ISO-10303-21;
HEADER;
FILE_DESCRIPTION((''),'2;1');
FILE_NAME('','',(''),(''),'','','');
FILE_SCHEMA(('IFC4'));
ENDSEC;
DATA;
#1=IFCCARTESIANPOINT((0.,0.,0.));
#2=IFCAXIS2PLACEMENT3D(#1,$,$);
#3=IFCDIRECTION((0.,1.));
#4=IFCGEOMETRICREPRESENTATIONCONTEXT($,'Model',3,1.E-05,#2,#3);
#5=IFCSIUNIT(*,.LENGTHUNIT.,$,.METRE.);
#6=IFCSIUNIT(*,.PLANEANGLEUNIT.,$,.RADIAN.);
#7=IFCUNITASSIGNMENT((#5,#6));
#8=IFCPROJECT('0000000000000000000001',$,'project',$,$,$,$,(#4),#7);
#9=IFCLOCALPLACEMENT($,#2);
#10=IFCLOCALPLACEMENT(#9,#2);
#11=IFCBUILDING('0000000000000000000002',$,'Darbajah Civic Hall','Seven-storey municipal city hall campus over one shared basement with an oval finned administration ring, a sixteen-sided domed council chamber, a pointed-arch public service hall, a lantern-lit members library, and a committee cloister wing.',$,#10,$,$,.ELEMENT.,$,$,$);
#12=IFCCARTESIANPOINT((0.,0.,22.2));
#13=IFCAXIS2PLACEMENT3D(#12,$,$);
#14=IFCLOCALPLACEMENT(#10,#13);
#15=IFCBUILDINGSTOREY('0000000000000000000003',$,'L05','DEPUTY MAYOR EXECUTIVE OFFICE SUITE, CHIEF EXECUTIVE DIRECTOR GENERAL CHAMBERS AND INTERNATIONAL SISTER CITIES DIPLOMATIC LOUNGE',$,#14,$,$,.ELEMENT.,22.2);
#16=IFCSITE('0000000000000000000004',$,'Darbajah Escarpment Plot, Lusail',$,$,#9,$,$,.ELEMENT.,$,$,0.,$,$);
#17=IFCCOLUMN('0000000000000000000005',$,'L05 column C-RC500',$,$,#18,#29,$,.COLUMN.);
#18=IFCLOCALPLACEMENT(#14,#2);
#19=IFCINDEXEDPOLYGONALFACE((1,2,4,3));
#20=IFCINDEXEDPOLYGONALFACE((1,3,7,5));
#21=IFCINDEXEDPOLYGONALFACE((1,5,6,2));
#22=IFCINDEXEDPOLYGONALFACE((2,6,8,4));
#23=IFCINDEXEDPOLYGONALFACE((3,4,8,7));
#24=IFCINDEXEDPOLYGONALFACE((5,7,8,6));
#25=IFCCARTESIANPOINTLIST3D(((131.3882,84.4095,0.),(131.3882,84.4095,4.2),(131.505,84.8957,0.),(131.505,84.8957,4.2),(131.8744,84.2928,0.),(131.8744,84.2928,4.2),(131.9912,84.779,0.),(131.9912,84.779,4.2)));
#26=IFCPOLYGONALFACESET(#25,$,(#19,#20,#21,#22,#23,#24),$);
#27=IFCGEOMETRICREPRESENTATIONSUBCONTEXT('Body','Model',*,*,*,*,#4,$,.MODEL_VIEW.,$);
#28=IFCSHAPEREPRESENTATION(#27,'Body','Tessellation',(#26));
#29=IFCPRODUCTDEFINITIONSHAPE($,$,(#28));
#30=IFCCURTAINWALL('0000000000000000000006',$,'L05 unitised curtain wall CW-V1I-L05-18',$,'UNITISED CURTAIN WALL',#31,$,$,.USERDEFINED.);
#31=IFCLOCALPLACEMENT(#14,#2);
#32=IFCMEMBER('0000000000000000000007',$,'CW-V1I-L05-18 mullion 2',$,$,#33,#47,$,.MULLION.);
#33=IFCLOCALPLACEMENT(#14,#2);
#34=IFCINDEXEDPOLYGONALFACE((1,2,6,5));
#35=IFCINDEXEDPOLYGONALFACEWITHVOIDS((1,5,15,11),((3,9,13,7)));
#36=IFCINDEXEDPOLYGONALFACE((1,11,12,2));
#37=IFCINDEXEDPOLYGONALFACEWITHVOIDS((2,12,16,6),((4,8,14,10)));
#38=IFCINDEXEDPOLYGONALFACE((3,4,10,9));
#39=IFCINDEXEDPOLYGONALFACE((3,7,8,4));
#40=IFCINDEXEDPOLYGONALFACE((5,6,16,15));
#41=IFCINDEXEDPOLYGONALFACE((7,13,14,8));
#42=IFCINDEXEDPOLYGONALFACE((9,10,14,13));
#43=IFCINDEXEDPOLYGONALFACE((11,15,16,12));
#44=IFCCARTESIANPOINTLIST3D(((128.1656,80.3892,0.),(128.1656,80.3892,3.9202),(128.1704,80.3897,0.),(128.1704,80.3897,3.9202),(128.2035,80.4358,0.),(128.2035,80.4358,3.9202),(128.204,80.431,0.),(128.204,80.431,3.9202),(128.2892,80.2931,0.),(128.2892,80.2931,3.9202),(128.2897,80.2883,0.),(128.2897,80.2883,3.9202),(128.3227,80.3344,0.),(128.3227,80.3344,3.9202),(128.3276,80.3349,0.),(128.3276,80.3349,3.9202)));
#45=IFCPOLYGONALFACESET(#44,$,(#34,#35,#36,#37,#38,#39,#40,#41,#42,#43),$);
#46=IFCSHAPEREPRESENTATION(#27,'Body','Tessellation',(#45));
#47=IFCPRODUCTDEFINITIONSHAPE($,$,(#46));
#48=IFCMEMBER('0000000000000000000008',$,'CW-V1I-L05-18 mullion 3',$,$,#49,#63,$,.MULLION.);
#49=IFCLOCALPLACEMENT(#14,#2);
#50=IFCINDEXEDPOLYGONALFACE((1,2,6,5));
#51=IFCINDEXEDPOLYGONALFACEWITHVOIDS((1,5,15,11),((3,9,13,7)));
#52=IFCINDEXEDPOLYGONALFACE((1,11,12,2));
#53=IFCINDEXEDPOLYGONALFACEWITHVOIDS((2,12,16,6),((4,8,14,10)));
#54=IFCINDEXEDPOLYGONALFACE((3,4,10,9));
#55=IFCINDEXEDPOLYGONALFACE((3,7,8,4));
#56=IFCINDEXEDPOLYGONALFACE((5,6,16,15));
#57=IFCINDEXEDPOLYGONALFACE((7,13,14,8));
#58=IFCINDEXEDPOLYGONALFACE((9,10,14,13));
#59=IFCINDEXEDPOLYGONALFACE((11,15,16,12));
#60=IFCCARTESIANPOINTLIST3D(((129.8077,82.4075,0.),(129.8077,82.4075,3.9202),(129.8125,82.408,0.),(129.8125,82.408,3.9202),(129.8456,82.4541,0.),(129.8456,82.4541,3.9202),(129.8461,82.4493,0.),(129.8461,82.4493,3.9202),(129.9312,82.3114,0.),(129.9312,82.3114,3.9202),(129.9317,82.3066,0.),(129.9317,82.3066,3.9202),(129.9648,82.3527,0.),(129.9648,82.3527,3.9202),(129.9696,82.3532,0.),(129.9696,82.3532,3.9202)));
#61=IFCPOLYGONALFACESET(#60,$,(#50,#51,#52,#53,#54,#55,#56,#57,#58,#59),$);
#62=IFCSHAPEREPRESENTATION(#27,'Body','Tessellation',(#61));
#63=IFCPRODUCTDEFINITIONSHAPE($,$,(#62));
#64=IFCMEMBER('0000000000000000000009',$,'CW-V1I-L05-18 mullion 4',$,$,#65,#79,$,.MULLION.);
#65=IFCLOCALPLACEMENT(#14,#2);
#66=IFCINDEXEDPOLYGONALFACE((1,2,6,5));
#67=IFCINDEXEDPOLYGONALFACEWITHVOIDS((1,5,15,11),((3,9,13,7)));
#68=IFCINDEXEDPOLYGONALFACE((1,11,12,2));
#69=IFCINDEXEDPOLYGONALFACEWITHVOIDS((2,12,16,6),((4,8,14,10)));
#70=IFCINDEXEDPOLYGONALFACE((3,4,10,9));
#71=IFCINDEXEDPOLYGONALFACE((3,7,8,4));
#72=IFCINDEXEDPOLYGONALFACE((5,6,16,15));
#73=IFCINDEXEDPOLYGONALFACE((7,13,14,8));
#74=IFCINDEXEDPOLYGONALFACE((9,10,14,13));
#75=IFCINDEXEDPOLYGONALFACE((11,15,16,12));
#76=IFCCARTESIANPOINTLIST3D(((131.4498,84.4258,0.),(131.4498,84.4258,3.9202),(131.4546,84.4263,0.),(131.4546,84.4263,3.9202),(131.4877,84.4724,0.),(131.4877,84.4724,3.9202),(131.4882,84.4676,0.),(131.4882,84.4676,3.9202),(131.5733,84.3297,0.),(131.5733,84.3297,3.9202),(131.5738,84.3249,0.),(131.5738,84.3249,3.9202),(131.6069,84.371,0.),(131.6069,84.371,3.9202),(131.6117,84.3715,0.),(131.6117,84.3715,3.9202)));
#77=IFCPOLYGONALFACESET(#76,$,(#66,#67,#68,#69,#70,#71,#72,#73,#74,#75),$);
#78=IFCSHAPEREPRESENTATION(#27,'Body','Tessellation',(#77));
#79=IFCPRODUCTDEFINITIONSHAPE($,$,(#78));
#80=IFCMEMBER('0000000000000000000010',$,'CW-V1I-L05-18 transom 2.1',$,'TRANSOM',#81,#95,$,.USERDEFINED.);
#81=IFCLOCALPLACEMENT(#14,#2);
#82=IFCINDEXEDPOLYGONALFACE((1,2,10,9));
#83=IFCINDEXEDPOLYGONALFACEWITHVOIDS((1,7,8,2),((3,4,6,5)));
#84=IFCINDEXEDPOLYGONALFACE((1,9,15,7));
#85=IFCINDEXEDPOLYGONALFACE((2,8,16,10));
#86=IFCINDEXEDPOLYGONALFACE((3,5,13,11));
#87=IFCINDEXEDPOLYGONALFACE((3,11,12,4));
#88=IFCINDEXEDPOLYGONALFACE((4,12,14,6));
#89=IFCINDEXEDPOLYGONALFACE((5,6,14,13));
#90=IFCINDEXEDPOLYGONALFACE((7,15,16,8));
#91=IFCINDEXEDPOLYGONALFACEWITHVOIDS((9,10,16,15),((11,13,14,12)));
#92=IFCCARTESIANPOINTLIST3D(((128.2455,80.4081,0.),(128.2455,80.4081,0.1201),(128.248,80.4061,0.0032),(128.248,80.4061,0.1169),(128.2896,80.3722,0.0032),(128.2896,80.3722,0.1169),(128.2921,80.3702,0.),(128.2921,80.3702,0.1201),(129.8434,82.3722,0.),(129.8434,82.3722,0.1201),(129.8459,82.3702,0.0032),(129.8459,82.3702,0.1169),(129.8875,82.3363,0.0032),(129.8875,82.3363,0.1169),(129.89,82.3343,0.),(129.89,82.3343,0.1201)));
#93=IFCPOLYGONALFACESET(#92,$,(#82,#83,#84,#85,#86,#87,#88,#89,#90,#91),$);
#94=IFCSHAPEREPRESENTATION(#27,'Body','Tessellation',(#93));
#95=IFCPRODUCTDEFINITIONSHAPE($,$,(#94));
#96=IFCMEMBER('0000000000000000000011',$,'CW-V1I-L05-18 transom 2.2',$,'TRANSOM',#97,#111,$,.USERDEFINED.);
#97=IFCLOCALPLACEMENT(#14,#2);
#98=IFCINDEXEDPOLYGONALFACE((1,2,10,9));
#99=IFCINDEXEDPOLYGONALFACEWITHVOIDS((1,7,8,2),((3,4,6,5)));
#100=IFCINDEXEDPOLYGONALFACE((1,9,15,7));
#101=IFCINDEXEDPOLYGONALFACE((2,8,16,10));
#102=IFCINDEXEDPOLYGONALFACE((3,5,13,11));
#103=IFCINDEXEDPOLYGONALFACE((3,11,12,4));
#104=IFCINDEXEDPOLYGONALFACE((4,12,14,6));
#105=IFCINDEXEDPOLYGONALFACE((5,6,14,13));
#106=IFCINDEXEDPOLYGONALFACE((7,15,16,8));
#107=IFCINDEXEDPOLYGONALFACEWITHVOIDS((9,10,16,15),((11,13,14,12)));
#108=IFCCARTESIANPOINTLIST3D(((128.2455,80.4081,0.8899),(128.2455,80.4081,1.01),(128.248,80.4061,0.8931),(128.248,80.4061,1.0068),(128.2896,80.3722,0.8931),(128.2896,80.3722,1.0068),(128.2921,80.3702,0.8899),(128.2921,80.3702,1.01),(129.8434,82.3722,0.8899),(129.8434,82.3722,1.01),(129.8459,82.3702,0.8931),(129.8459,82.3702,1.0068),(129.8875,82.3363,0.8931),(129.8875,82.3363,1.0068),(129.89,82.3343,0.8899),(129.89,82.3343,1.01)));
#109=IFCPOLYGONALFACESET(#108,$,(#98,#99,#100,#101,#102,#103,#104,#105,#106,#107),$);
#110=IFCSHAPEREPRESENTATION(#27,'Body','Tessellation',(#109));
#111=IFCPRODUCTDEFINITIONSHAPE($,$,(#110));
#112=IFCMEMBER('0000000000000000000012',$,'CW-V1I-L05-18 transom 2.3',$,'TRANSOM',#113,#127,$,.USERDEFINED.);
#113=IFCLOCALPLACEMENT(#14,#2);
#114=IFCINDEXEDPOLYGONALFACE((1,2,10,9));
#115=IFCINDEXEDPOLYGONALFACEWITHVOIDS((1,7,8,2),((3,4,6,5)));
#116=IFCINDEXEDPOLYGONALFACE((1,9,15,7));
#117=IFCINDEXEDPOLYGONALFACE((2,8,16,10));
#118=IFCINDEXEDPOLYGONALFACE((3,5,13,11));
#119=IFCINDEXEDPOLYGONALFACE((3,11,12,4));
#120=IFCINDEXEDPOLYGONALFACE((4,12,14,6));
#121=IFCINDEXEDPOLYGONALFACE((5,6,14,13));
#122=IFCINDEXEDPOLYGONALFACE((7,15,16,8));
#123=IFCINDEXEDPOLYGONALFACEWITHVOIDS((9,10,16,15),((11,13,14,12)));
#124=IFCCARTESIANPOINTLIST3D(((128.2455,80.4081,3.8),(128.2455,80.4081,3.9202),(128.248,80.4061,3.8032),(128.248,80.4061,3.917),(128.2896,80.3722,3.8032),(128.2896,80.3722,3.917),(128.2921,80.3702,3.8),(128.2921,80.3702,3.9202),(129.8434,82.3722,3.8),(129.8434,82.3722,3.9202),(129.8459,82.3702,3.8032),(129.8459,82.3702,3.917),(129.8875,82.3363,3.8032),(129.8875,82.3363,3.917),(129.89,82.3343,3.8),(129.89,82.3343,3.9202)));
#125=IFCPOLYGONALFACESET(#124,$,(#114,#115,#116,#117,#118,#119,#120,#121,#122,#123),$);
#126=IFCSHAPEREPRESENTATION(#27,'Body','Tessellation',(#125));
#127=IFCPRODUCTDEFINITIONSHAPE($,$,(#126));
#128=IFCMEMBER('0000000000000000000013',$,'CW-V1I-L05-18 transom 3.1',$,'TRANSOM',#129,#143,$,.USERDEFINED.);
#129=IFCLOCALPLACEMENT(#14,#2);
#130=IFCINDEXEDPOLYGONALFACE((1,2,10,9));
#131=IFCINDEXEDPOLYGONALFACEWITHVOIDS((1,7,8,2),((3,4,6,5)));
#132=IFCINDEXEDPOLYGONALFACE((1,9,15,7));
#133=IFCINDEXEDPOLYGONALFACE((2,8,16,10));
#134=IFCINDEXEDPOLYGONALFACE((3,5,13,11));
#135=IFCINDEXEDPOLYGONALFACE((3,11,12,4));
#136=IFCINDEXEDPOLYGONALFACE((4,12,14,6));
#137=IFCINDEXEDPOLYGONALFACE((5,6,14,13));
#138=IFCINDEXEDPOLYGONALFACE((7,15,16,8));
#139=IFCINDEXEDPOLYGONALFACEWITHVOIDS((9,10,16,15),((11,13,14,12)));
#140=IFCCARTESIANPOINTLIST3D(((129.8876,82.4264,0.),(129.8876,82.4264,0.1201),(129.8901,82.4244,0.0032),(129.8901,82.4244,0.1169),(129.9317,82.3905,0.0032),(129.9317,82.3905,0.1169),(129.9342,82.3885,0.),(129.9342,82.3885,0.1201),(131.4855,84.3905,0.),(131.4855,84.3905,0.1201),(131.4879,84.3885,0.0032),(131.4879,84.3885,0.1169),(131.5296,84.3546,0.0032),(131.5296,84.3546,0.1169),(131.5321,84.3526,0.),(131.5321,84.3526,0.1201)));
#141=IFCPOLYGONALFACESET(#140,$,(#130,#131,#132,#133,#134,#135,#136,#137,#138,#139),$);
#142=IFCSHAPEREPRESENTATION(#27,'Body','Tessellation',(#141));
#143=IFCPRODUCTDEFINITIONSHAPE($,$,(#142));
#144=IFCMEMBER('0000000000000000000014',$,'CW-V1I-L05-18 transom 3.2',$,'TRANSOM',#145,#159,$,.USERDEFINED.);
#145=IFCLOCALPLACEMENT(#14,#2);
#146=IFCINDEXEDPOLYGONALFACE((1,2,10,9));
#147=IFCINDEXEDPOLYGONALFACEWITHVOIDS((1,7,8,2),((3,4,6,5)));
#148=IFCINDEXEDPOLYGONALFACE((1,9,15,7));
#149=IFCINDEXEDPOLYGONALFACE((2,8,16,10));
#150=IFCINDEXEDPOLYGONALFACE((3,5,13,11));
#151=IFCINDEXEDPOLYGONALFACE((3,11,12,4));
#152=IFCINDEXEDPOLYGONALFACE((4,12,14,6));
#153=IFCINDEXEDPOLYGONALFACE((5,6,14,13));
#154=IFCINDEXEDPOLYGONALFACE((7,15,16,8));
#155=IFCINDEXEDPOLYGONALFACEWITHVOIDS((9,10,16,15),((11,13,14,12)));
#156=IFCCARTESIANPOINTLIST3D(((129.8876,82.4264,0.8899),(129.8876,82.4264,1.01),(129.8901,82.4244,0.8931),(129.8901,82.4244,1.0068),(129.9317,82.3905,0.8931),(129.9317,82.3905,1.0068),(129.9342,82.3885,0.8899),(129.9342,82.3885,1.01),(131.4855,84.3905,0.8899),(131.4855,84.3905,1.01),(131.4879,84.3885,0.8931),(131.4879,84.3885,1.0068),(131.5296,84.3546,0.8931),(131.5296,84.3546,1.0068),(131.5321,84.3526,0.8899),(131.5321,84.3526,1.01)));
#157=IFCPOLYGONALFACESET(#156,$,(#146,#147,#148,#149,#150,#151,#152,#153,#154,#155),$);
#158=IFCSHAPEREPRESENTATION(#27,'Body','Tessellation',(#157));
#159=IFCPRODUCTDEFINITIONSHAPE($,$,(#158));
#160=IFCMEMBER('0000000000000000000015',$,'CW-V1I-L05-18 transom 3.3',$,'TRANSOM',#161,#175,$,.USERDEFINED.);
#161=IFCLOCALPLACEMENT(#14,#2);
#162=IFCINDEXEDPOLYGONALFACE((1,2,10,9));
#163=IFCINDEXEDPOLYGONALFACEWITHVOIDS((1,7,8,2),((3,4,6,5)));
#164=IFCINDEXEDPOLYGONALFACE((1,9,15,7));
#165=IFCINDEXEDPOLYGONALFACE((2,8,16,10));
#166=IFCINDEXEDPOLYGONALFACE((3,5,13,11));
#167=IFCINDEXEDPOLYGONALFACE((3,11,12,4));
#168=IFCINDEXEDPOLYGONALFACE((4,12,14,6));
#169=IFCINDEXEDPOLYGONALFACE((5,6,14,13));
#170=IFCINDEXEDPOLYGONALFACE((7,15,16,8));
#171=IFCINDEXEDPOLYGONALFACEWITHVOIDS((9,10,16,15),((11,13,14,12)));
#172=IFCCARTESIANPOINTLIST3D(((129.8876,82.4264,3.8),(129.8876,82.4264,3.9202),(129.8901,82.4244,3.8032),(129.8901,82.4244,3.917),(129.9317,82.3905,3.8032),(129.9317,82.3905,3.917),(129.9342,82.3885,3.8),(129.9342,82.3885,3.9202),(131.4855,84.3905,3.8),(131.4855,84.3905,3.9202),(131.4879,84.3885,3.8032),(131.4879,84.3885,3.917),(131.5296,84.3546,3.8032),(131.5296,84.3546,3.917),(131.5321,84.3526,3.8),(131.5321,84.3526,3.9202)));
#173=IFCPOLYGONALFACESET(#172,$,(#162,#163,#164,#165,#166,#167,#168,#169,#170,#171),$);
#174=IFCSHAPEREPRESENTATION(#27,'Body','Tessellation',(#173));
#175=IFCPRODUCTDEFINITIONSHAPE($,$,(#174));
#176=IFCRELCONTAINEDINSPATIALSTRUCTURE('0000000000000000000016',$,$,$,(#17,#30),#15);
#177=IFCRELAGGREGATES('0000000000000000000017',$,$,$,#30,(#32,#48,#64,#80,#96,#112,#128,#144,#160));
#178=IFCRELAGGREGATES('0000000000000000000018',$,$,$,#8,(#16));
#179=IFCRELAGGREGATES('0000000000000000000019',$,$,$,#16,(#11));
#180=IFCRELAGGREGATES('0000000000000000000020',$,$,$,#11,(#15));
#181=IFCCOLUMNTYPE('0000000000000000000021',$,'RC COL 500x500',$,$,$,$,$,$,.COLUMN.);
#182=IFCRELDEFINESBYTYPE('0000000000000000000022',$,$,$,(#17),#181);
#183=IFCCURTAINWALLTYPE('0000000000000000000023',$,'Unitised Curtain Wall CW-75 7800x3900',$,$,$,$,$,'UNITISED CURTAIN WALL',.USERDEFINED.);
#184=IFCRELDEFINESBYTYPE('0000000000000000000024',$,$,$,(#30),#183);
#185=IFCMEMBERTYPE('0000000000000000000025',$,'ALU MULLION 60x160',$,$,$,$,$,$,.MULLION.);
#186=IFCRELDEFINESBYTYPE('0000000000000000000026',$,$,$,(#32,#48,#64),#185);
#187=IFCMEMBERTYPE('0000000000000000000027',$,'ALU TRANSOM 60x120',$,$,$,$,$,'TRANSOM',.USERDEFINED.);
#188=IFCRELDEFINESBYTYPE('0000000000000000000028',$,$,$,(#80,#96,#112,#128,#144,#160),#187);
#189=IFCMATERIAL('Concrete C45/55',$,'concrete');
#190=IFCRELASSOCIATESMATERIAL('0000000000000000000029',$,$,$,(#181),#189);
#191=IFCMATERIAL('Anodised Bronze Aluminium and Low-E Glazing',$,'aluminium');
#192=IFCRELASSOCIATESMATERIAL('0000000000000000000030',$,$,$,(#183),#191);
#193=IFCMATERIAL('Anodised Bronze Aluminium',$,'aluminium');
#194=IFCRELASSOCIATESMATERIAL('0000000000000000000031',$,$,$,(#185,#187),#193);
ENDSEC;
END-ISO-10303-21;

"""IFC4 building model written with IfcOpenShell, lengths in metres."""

from ifc_helpers import new_model, si_unit, direction, frame, origin, origin_2d, place, context, subcontext, project, spatial, rectangle, hollow_rectangle, extrude, material, material_profile, profile_set, type_object, element, aggregate, save


model = new_model("IFC4")

# Units and contexts
model_context = context("Model", 3, precision=1e-05, world=origin(), true_north=direction((0.0, 1.0)))
body_context = subcontext(model_context, "Body", "Model", "MODEL_VIEW")
ifc_project = project(units=[si_unit("LENGTHUNIT", "METRE"), si_unit("PLANEANGLEUNIT", "RADIAN")], contexts=[model_context])

# Site, building, storey
site_placement = place(None, origin())
site = spatial("IfcSite", under=ifc_project, at=site_placement, Name="Darbajah Escarpment Plot, Lusail", CompositionType="ELEMENT", RefElevation=0.0)
building_placement = place(site_placement, origin())
building = spatial("IfcBuilding", under=site, at=building_placement, Name="Darbajah Civic Hall", Description="Seven-storey municipal city hall campus over one shared basement with an oval finned administration ring, a sixteen-sided domed council chamber, a pointed-arch public service hall, a lantern-lit members library, and a committee cloister wing.", CompositionType="ELEMENT")
storey_placement = place(building_placement, frame((0.0, 0.0, 22.2)))
storey = spatial("IfcBuildingStorey", under=building, at=storey_placement, Name="L05", Description="DEPUTY MAYOR EXECUTIVE OFFICE SUITE, CHIEF EXECUTIVE DIRECTOR GENERAL CHAMBERS AND INTERNATIONAL SISTER CITIES DIPLOMATIC LOUNGE", CompositionType="ELEMENT", Elevation=22.2)

# Column
ifc_material_1 = material(Name="Concrete C45/55", Category="concrete")
ifc_material_profile_1 = material_profile(ifc_material_1, rectangle(XDim=0.5, YDim=0.5, at=origin_2d()), Name="RC COL 500x500")
ifc_profile_set_1 = profile_set([ifc_material_profile_1], Name="Concrete C45/55")
column_type = type_object("IfcColumnType", Name="RC COL 500x500", PredefinedType="COLUMN", material=ifc_profile_set_1)
column_placement = place(storey_placement, frame((131.6897, 84.5942, 0.0), z_axis=(0.0, 0.0, 1.0), x_axis=(0.97237, -0.233445, 0.0)))
element("IfcColumn", 1, at=column_placement, inside=storey, type_object=column_type, Name="L05 column C-RC500", PredefinedType="COLUMN", context=body_context, shape_type="SweptSolid", body=[
    extrude(rectangle(XDim=0.5, YDim=0.5, at=origin_2d()), origin(), (0.0, 0.0, 1.0), 4.2),
])

# Curtain wall, members
ifc_material_2 = material(Name="Anodised Bronze Aluminium and Low-E Glazing", Category="aluminium")
curtain_wall_type = type_object("IfcCurtainWallType", Name="Unitised Curtain Wall CW-75 7800x3900", ElementType="UNITISED CURTAIN WALL", PredefinedType="USERDEFINED", material=ifc_material_2)
curtain_wall_placement = place(storey_placement, origin())
curtain_wall = element("IfcCurtainWall", 2, at=curtain_wall_placement, inside=storey, type_object=curtain_wall_type, Name="L05 unitised curtain wall CW-V1I-L05-18", ObjectType="UNITISED CURTAIN WALL", PredefinedType="USERDEFINED")
ifc_material_3 = material(Name="Anodised Bronze Aluminium", Category="aluminium")
ifc_material_profile_2 = material_profile(ifc_material_3, hollow_rectangle(XDim=0.0601, YDim=0.1599, WallThickness=0.0034, at=origin_2d()), Name="ALU MULLION 60x160")
ifc_profile_set_2 = profile_set([ifc_material_profile_2], Name="Anodised Bronze Aluminium")
member_type_1 = type_object("IfcMemberType", Name="ALU MULLION 60x160", PredefinedType="MULLION", material=ifc_profile_set_2)
member_1_placement = place(storey_placement, frame((128.2466, 80.3621, 0.0), z_axis=(0.0, 0.0, 1.0), x_axis=(0.631082, 0.775716, 0.0)))
member_1 = element("IfcMember", 3, at=member_1_placement, type_object=member_type_1, Name="CW-V1I-L05-18 mullion 2", PredefinedType="MULLION", context=body_context, shape_type="SweptSolid", body=[
    extrude(hollow_rectangle(XDim=0.0601, YDim=0.1599, WallThickness=0.0034, at=origin_2d()), origin(), (0.0, 0.0, 1.0), 3.9202),
])
member_2_placement = place(storey_placement, frame((129.8887, 82.3804, 0.0), z_axis=(0.0, 0.0, 1.0), x_axis=(0.631082, 0.775716, 0.0)))
member_2 = element("IfcMember", 4, at=member_2_placement, type_object=member_type_1, Name="CW-V1I-L05-18 mullion 3", PredefinedType="MULLION", context=body_context, shape_type="SweptSolid", body=[
    extrude(hollow_rectangle(XDim=0.0601, YDim=0.1599, WallThickness=0.0034, at=origin_2d()), origin(), (0.0, 0.0, 1.0), 3.9202),
])
member_3_placement = place(storey_placement, frame((131.5308, 84.3987, 0.0), z_axis=(0.0, 0.0, 1.0), x_axis=(0.631082, 0.775716, 0.0)))
member_3 = element("IfcMember", 5, at=member_3_placement, type_object=member_type_1, Name="CW-V1I-L05-18 mullion 4", PredefinedType="MULLION", context=body_context, shape_type="SweptSolid", body=[
    extrude(hollow_rectangle(XDim=0.0601, YDim=0.1599, WallThickness=0.0034, at=origin_2d()), origin(), (0.0, 0.0, 1.0), 3.9202),
])
ifc_material_profile_3 = material_profile(ifc_material_3, hollow_rectangle(XDim=0.0601, YDim=0.1201, WallThickness=0.0032, at=origin_2d()), Name="ALU TRANSOM 60x120")
ifc_profile_set_3 = profile_set([ifc_material_profile_3], Name="Anodised Bronze Aluminium")
member_type_2 = type_object("IfcMemberType", Name="ALU TRANSOM 60x120", ElementType="TRANSOM", PredefinedType="USERDEFINED", material=ifc_profile_set_3)
member_4_placement = place(storey_placement, frame((128.2688, 80.3892, 0.0601), z_axis=(0.631083, 0.775716, 0.0), x_axis=(-0.775716, 0.631083, 0.0)))
member_4 = element("IfcMember", 6, at=member_4_placement, type_object=member_type_2, Name="CW-V1I-L05-18 transom 2.1", ObjectType="TRANSOM", PredefinedType="USERDEFINED", context=body_context, shape_type="SweptSolid", body=[
    extrude(hollow_rectangle(XDim=0.0601, YDim=0.1201, WallThickness=0.0032, at=origin_2d()), origin(), (0.0, 0.0, 1.0), 2.532),
])
member_5_placement = place(storey_placement, frame((128.2688, 80.3892, 0.95), z_axis=(0.631083, 0.775716, 0.0), x_axis=(-0.775716, 0.631083, 0.0)))
member_5 = element("IfcMember", 7, at=member_5_placement, type_object=member_type_2, Name="CW-V1I-L05-18 transom 2.2", ObjectType="TRANSOM", PredefinedType="USERDEFINED", context=body_context, shape_type="SweptSolid", body=[
    extrude(hollow_rectangle(XDim=0.0601, YDim=0.1201, WallThickness=0.0032, at=origin_2d()), origin(), (0.0, 0.0, 1.0), 2.532),
])
member_6_placement = place(storey_placement, frame((128.2688, 80.3892, 3.8601), z_axis=(0.631083, 0.775716, 0.0), x_axis=(-0.775716, 0.631083, 0.0)))
member_6 = element("IfcMember", 8, at=member_6_placement, type_object=member_type_2, Name="CW-V1I-L05-18 transom 2.3", ObjectType="TRANSOM", PredefinedType="USERDEFINED", context=body_context, shape_type="SweptSolid", body=[
    extrude(hollow_rectangle(XDim=0.0601, YDim=0.1201, WallThickness=0.0032, at=origin_2d()), origin(), (0.0, 0.0, 1.0), 2.532),
])
member_7_placement = place(storey_placement, frame((129.9109, 82.4075, 0.0601), z_axis=(0.631083, 0.775716, 0.0), x_axis=(-0.775716, 0.631083, 0.0)))
member_7 = element("IfcMember", 9, at=member_7_placement, type_object=member_type_2, Name="CW-V1I-L05-18 transom 3.1", ObjectType="TRANSOM", PredefinedType="USERDEFINED", context=body_context, shape_type="SweptSolid", body=[
    extrude(hollow_rectangle(XDim=0.0601, YDim=0.1201, WallThickness=0.0032, at=origin_2d()), origin(), (0.0, 0.0, 1.0), 2.532),
])
member_8_placement = place(storey_placement, frame((129.9109, 82.4075, 0.95), z_axis=(0.631083, 0.775716, 0.0), x_axis=(-0.775716, 0.631083, 0.0)))
member_8 = element("IfcMember", 10, at=member_8_placement, type_object=member_type_2, Name="CW-V1I-L05-18 transom 3.2", ObjectType="TRANSOM", PredefinedType="USERDEFINED", context=body_context, shape_type="SweptSolid", body=[
    extrude(hollow_rectangle(XDim=0.0601, YDim=0.1201, WallThickness=0.0032, at=origin_2d()), origin(), (0.0, 0.0, 1.0), 2.532),
])
member_9_placement = place(storey_placement, frame((129.9109, 82.4075, 3.8601), z_axis=(0.631083, 0.775716, 0.0), x_axis=(-0.775716, 0.631083, 0.0)))
member_9 = element("IfcMember", 11, at=member_9_placement, type_object=member_type_2, Name="CW-V1I-L05-18 transom 3.3", ObjectType="TRANSOM", PredefinedType="USERDEFINED", context=body_context, shape_type="SweptSolid", body=[
    extrude(hollow_rectangle(XDim=0.0601, YDim=0.1201, WallThickness=0.0032, at=origin_2d()), origin(), (0.0, 0.0, 1.0), 2.532),
])

aggregate(curtain_wall, [member_1, member_2, member_3, member_4, member_5, member_6, member_7, member_8, member_9])

save(model, "model.ifc")
